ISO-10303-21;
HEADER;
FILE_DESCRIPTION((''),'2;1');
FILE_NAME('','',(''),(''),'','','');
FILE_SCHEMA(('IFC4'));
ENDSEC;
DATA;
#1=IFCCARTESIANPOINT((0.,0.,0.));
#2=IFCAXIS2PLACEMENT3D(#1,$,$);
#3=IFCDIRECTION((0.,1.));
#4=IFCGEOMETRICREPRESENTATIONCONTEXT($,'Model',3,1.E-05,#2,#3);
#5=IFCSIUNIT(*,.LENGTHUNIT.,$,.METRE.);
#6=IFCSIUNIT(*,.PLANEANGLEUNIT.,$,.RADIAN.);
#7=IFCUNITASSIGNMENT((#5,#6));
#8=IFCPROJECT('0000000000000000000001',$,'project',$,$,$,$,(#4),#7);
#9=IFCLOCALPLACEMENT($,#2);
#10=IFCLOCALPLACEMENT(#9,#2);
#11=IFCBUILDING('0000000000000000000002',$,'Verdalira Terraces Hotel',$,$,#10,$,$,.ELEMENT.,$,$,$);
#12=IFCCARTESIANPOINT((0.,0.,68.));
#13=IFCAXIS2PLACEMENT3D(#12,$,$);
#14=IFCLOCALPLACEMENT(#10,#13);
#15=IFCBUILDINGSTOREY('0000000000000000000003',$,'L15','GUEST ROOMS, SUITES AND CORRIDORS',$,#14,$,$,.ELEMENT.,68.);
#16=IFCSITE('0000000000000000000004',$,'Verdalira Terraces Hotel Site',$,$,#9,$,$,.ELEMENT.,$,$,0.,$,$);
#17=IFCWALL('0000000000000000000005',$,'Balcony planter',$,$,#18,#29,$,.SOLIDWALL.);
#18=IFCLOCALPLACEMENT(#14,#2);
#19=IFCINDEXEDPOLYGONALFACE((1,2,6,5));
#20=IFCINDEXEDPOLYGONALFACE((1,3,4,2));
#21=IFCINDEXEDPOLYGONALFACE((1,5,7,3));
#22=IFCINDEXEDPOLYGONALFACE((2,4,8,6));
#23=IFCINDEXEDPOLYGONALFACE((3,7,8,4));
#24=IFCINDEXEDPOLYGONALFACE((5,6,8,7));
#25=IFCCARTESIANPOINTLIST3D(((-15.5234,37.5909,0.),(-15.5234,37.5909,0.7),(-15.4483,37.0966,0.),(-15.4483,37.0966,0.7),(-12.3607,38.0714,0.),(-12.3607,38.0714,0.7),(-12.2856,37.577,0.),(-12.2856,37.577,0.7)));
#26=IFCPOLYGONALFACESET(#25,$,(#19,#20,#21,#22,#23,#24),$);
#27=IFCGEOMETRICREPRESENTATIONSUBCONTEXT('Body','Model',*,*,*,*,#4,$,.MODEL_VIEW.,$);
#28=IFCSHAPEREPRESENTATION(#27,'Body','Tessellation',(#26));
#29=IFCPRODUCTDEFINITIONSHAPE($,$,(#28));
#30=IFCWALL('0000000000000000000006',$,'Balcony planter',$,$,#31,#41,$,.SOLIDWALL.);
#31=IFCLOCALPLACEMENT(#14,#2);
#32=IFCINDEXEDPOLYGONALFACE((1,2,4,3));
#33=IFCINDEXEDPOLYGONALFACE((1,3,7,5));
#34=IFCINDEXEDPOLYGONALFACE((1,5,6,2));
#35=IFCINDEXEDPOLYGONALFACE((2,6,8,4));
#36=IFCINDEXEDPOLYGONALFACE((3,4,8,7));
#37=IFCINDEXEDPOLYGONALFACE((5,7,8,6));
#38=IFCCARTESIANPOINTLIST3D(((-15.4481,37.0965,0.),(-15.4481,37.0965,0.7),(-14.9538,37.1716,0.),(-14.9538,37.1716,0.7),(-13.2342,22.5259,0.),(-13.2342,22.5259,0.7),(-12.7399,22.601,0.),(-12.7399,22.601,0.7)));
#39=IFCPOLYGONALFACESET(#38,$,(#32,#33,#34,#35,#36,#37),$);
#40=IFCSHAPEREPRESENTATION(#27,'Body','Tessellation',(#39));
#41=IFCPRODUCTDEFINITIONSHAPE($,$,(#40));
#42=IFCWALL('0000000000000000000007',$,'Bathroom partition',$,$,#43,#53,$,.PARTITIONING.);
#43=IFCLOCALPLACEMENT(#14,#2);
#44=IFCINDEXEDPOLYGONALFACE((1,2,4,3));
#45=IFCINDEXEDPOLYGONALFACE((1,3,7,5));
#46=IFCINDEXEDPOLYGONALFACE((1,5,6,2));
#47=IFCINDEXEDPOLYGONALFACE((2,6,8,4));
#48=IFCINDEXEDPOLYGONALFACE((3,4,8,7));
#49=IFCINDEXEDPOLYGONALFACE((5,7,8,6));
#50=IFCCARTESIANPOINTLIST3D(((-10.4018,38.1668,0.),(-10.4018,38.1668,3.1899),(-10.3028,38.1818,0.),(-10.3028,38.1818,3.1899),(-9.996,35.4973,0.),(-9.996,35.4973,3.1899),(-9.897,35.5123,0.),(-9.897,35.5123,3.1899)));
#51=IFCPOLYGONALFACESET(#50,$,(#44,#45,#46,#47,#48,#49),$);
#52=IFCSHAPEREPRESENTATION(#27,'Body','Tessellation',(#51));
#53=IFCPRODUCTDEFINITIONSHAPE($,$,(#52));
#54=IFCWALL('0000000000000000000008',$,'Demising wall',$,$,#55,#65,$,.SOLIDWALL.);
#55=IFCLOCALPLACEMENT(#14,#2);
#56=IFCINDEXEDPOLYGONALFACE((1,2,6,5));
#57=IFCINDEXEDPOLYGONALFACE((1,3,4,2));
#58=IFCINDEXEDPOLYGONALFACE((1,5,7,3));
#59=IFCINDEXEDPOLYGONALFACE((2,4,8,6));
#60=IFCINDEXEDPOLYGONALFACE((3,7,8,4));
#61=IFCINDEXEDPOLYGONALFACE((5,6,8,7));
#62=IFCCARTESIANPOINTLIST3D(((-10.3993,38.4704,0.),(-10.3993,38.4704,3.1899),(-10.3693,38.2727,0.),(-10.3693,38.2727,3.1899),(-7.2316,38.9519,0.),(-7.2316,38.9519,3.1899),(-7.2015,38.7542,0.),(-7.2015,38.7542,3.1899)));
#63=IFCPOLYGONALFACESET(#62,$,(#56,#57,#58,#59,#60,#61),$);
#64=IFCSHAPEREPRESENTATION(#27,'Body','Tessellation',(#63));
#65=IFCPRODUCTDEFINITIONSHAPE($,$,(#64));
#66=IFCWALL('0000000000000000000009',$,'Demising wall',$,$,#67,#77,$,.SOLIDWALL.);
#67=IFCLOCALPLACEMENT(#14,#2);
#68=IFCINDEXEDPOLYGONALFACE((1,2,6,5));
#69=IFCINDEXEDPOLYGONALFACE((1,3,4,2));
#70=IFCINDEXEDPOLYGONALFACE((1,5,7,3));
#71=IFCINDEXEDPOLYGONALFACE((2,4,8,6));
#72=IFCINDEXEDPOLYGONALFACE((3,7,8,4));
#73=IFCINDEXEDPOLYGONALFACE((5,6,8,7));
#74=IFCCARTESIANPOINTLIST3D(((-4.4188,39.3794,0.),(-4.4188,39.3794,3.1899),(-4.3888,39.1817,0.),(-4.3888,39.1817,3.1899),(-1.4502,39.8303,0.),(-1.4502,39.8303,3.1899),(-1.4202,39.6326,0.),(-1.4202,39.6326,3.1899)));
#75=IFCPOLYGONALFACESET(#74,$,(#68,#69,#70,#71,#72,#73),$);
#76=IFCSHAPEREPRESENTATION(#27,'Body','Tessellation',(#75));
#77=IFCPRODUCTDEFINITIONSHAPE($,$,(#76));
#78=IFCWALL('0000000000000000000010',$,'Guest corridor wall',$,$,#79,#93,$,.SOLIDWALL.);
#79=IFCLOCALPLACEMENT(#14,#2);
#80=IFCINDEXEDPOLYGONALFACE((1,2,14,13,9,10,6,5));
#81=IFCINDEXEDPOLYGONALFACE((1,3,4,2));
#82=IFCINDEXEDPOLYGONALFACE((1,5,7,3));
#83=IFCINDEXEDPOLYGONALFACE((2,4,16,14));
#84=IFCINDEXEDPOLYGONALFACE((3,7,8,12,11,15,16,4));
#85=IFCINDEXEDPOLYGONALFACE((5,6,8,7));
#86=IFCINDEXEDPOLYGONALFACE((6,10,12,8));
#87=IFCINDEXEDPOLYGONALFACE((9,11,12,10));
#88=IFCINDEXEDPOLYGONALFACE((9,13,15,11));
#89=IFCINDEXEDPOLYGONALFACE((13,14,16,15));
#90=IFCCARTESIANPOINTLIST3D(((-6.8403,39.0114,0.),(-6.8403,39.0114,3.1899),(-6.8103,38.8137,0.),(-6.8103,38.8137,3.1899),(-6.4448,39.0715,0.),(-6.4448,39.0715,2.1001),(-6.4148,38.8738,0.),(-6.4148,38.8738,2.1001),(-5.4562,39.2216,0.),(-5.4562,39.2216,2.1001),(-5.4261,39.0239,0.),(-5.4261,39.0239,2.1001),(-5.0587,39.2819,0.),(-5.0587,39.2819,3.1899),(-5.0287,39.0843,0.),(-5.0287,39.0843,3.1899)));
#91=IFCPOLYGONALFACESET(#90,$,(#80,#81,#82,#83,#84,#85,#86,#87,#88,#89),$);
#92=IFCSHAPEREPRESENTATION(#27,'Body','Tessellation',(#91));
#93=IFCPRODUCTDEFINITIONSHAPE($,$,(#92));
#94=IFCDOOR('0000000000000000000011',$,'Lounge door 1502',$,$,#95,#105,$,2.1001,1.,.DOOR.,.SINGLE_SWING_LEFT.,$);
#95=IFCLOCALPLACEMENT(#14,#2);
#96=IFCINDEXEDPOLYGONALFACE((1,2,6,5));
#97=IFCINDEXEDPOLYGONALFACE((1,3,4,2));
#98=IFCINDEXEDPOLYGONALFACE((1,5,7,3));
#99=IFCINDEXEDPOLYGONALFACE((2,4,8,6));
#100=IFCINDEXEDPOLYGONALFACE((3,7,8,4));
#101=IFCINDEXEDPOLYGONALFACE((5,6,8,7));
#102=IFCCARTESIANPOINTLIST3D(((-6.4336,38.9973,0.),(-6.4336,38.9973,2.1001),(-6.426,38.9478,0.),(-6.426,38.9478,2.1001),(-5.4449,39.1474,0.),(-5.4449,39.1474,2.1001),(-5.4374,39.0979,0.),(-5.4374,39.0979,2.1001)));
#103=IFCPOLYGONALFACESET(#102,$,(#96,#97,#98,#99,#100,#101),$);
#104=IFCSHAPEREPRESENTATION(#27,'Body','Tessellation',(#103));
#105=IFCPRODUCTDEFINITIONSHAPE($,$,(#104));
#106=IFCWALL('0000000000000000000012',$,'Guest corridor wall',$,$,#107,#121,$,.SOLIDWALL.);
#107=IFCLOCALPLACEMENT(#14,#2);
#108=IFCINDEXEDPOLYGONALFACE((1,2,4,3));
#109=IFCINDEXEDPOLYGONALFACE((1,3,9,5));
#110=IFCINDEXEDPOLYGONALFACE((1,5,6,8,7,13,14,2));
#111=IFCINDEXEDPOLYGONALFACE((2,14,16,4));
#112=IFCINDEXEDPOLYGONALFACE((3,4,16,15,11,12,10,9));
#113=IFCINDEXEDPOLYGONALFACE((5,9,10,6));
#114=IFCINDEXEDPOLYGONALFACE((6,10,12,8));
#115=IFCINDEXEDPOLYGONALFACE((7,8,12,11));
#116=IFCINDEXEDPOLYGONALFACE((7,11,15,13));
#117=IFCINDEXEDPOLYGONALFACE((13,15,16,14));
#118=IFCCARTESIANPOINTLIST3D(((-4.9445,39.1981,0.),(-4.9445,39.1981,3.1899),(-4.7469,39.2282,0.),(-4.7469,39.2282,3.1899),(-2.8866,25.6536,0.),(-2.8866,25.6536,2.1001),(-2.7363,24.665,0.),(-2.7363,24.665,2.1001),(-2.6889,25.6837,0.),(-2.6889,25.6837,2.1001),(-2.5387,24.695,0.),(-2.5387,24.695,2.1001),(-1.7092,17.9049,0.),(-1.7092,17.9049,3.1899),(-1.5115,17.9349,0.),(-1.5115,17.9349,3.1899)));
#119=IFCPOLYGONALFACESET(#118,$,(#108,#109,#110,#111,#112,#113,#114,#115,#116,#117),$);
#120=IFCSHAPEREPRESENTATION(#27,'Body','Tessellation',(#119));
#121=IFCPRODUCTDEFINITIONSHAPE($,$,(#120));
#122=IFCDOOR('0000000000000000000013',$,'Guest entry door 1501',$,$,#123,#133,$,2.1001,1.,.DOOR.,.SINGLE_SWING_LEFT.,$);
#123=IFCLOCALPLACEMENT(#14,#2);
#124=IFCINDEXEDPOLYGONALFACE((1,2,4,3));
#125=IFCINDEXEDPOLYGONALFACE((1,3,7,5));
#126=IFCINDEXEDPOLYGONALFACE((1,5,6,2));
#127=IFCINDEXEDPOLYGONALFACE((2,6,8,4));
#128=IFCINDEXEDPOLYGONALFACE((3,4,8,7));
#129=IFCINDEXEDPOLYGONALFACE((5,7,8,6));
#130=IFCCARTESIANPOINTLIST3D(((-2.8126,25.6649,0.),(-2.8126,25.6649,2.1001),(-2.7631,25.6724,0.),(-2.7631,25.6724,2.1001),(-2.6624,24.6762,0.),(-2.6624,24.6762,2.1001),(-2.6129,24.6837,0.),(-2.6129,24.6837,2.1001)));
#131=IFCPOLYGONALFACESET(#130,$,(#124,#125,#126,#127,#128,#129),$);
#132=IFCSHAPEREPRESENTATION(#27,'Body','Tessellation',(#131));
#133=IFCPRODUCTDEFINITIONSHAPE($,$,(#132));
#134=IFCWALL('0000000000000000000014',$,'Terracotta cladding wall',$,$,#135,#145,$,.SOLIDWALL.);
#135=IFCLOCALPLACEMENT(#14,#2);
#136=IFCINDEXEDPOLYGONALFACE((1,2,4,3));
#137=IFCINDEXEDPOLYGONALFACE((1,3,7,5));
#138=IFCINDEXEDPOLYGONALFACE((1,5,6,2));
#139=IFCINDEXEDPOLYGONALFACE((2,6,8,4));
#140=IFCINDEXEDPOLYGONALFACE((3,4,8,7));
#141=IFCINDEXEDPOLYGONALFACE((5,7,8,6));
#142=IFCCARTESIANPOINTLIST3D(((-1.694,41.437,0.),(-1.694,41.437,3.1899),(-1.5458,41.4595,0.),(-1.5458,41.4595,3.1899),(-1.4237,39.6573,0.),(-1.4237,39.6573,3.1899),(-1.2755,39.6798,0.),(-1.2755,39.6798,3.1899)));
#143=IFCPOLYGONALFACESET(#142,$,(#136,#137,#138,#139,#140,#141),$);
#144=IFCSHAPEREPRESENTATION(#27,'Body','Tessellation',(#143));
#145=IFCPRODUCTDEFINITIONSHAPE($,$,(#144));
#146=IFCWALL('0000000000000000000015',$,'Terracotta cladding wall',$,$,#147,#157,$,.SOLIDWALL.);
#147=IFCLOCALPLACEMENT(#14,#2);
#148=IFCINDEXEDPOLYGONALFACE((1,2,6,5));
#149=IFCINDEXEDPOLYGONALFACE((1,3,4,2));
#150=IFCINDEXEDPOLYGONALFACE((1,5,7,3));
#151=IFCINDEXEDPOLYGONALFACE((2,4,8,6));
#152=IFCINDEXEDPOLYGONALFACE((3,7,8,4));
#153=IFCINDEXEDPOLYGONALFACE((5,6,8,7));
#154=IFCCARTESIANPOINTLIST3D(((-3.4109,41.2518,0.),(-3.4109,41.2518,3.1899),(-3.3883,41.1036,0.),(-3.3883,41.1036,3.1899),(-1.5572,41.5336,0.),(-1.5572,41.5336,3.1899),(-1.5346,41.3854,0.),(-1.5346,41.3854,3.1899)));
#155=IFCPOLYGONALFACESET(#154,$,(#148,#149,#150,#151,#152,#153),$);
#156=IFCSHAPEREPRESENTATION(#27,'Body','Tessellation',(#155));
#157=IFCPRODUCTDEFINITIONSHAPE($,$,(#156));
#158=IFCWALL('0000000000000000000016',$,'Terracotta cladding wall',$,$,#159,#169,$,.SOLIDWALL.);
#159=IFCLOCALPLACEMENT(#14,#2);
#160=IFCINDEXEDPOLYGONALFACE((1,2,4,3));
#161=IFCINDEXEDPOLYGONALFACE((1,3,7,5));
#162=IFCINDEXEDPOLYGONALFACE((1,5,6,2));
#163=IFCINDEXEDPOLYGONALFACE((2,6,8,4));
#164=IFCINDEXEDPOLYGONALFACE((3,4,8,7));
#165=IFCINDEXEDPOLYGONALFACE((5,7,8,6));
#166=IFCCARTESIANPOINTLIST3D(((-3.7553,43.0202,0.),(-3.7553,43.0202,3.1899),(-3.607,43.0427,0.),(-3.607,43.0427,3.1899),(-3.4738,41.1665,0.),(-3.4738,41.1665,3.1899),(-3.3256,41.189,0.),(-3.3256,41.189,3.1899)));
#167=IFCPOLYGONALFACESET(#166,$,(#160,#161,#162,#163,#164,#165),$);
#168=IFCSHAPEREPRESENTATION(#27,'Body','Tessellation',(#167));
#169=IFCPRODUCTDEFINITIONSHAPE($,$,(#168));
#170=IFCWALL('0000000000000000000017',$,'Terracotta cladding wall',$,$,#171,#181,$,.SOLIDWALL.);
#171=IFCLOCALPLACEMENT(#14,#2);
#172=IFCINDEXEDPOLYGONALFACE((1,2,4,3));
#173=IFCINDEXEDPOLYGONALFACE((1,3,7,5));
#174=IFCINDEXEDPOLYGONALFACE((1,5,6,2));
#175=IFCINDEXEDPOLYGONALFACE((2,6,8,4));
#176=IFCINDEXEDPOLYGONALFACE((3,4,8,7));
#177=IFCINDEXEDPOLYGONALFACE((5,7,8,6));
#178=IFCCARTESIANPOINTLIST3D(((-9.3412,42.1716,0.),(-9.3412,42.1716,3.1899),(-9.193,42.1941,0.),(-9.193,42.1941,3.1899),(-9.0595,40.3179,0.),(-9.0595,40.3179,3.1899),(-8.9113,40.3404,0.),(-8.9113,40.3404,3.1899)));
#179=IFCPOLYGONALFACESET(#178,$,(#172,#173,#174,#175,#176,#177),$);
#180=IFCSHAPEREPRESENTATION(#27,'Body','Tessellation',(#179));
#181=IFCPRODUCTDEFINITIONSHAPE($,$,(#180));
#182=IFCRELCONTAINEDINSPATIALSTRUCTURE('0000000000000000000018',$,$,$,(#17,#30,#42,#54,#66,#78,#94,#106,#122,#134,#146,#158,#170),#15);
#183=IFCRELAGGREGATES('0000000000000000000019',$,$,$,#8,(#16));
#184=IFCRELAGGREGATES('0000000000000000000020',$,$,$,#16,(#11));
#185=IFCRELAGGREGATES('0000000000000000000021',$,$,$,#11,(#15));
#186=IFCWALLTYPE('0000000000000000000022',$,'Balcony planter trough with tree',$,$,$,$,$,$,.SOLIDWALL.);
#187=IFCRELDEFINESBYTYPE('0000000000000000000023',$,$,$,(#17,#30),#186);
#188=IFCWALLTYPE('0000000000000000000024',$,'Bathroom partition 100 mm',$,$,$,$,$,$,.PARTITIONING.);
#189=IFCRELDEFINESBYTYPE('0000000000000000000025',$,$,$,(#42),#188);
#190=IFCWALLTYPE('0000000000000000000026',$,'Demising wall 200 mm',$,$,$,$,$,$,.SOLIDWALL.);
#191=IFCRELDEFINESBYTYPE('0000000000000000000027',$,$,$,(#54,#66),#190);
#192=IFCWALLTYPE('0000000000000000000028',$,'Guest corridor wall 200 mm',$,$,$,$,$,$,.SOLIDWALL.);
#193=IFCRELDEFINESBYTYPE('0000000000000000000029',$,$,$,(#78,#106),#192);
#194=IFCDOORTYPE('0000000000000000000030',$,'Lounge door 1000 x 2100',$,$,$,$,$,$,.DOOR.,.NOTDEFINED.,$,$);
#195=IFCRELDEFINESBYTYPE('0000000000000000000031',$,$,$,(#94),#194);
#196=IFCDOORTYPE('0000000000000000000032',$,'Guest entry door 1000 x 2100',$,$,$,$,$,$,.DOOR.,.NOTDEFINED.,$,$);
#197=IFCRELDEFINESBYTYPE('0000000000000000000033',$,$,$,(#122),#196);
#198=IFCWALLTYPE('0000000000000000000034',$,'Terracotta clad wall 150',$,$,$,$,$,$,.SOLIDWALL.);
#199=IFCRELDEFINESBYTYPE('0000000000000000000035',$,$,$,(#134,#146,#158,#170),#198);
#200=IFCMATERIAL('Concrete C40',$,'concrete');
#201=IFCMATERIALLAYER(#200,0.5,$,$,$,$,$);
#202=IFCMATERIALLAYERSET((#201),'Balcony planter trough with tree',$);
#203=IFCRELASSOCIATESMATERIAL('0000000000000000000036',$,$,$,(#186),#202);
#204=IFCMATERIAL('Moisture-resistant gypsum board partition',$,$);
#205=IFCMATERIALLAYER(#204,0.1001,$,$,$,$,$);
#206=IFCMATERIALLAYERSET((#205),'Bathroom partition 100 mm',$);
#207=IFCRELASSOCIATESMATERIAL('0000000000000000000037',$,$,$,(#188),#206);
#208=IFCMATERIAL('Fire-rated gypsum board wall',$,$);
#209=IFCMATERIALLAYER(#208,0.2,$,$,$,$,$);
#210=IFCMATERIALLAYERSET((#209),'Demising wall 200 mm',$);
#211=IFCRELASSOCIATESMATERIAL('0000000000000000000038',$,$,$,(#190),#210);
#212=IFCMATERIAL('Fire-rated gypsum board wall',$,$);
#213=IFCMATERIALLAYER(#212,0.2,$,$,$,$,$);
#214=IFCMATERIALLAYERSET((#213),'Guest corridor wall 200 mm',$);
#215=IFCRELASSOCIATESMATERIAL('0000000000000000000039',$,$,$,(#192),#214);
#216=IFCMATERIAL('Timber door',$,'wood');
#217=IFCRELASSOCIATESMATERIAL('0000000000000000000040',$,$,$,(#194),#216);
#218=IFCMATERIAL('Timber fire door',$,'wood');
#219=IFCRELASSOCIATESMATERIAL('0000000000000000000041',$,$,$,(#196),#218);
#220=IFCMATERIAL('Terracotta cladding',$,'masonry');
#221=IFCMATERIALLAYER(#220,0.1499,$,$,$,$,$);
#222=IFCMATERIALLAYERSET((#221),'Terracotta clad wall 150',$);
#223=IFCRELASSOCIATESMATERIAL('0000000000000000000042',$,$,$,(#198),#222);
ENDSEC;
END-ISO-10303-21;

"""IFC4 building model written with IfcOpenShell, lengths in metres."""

from ifc_helpers import new_model, si_unit, direction, frame, frame_2d, origin, place, context, subcontext, project, spatial, rectangle, extrude, material, layer, layer_set, type_object, element, fill, save


model = new_model("IFC4")

# Units and contexts
model_context = context("Model", 3, precision=1e-05, world=origin(), true_north=direction((0.0, 1.0)))
body_context = subcontext(model_context, "Body", "Model", "MODEL_VIEW")
ifc_project = project(units=[si_unit("LENGTHUNIT", "METRE"), si_unit("PLANEANGLEUNIT", "RADIAN")], contexts=[model_context])

# Site, building, storey
site_placement = place(None, origin())
site = spatial("IfcSite", under=ifc_project, at=site_placement, Name="Verdalira Terraces Hotel Site", CompositionType="ELEMENT", RefElevation=0.0)
building_placement = place(site_placement, origin())
building = spatial("IfcBuilding", under=site, at=building_placement, Name="Verdalira Terraces Hotel", CompositionType="ELEMENT")
storey_placement = place(building_placement, frame((0.0, 0.0, 68.0)))
storey = spatial("IfcBuildingStorey", under=building, at=storey_placement, Name="L15", Description="GUEST ROOMS, SUITES AND CORRIDORS", CompositionType="ELEMENT", Elevation=68.0)

# Walls
ifc_material_1 = material(Name="Concrete C40", Category="concrete")
ifc_layer_1 = layer(ifc_material_1, 0.5)
ifc_layer_set_1 = layer_set([ifc_layer_1], Name="Balcony planter trough with tree")
wall_type_1 = type_object("IfcWallType", Name="Balcony planter trough with tree", PredefinedType="SOLIDWALL", material=ifc_layer_set_1)
wall_1_placement = place(storey_placement, frame((-12.323, 37.8242, 0.0), z_axis=(0.0, 0.0, 1.0), x_axis=(-0.988656, -0.150199, 0.0)))
element("IfcWall", 1, at=wall_1_placement, inside=storey, type_object=wall_type_1, Name="Balcony planter", PredefinedType="SOLIDWALL", context=body_context, shape_type="SweptSolid", body=[
    extrude(rectangle(XDim=3.199, YDim=0.5, at=frame_2d((1.5996, 0.0))), origin(), (0.0, 0.0, 1.0), 0.7),
])
wall_2_placement = place(storey_placement, frame((-15.2009, 37.134, 0.0), z_axis=(0.0, 0.0, 1.0), x_axis=(0.150217, -0.988653, 0.0)))
element("IfcWall", 2, at=wall_2_placement, inside=storey, type_object=wall_type_1, Name="Balcony planter", PredefinedType="SOLIDWALL", context=body_context, shape_type="SweptSolid", body=[
    extrude(rectangle(XDim=14.7378, YDim=0.5, at=frame_2d((7.3689, 0.0))), origin(), (0.0, 0.0, 1.0), 0.7),
])
ifc_material_2 = material(Name="Moisture-resistant gypsum board partition")
ifc_layer_2 = layer(ifc_material_2, 0.1001)
ifc_layer_set_2 = layer_set([ifc_layer_2], Name="Bathroom partition 100 mm")
wall_type_2 = type_object("IfcWallType", Name="Bathroom partition 100 mm", PredefinedType="PARTITIONING", material=ifc_layer_set_2)
wall_3_placement = place(storey_placement, frame((-10.3523, 38.1743, 0.0), z_axis=(0.0, 0.0, 1.0), x_axis=(0.150277, -0.988644, 0.0)))
element("IfcWall", 3, at=wall_3_placement, inside=storey, type_object=wall_type_2, Name="Bathroom partition", PredefinedType="PARTITIONING", context=body_context, shape_type="SweptSolid", body=[
    extrude(rectangle(XDim=2.7002, YDim=0.1001, at=frame_2d((1.3501, 0.0))), origin(), (0.0, 0.0, 1.0), 3.1899),
])
ifc_material_3 = material(Name="Fire-rated gypsum board wall")
ifc_layer_3 = layer(ifc_material_3, 0.2)
ifc_layer_set_3 = layer_set([ifc_layer_3], Name="Demising wall 200 mm")
wall_type_3 = type_object("IfcWallType", Name="Demising wall 200 mm", PredefinedType="SOLIDWALL", material=ifc_layer_set_3)
wall_4_placement = place(storey_placement, frame((-7.2166, 38.853, 0.0), z_axis=(0.0, 0.0, 1.0), x_axis=(-0.988647, -0.150259, 0.0)))
element("IfcWall", 4, at=wall_4_placement, inside=storey, type_object=wall_type_3, Name="Demising wall", PredefinedType="SOLIDWALL", context=body_context, shape_type="SweptSolid", body=[
    extrude(rectangle(XDim=3.2041, YDim=0.2, at=frame_2d((1.6021, 0.0))), origin(), (0.0, 0.0, 1.0), 3.1899),
])
wall_5_placement = place(storey_placement, frame((-1.4351, 39.7314, 0.0), z_axis=(0.0, 0.0, 1.0), x_axis=(-0.98866, -0.150169, 0.0)))
element("IfcWall", 5, at=wall_5_placement, inside=storey, type_object=wall_type_3, Name="Demising wall", PredefinedType="SOLIDWALL", context=body_context, shape_type="SweptSolid", body=[
    extrude(rectangle(XDim=3.0027, YDim=0.2, at=frame_2d((1.5015, 0.0))), origin(), (0.0, 0.0, 1.0), 3.1899),
])

# Walls, openings, doors
ifc_material_4 = material(Name="Fire-rated gypsum board wall")
ifc_layer_4 = layer(ifc_material_4, 0.2)
ifc_layer_set_4 = layer_set([ifc_layer_4], Name="Guest corridor wall 200 mm")
wall_type_4 = type_object("IfcWallType", Name="Guest corridor wall 200 mm", PredefinedType="SOLIDWALL", material=ifc_layer_set_4)
wall_6_placement = place(storey_placement, frame((-6.8252, 38.9126, 0.0), z_axis=(0.0, 0.0, 1.0), x_axis=(0.988667, 0.150122, 0.0)))
wall_6 = element("IfcWall", 6, at=wall_6_placement, inside=storey, type_object=wall_type_4, Name="Guest corridor wall", PredefinedType="SOLIDWALL", context=body_context, shape_type="SweptSolid", body=[
    extrude(rectangle(XDim=1.802, YDim=0.2, at=frame_2d((0.9009, 0.0))), origin(), (0.0, 0.0, 1.0), 3.1899),
])
opening_1_placement = place(wall_6_placement, frame((0.3999, 0.0, 0.0)))
opening_1 = element("IfcOpeningElement", 7, at=opening_1_placement, cuts=wall_6, PredefinedType="OPENING", context=body_context, shape_type="SweptSolid", body=[
    extrude(rectangle(XDim=1.0, YDim=2.1001, at=frame_2d((0.5, 1.05))), frame((0.0, 0.1099, 0.0), z_axis=(0.0, -1.0, 0.0), x_axis=(1.0, 0.0, 0.0)), (0.0, 0.0, 1.0), 0.22),
])
ifc_material_5 = material(Name="Timber door", Category="wood")
door_type_1 = type_object("IfcDoorType", Name="Lounge door 1000 x 2100", OperationType="NOTDEFINED", PredefinedType="DOOR", material=ifc_material_5)
door_1_placement = place(opening_1_placement, origin())
door_1 = element("IfcDoor", 8, at=door_1_placement, inside=storey, type_object=door_type_1, Name="Lounge door 1502", OperationType="SINGLE_SWING_LEFT", OverallHeight=2.1001, OverallWidth=1.0, PredefinedType="DOOR", context=body_context, shape_type="SweptSolid", body=[
    extrude(rectangle(XDim=1.0, YDim=2.1001, at=frame_2d((0.5, 1.05))), frame((0.0, 0.0249, 0.0), z_axis=(0.0, -1.0, 0.0), x_axis=(1.0, 0.0, 0.0)), (0.0, 0.0, 1.0), 0.05),
])
fill(opening_1, door_1)
wall_7_placement = place(storey_placement, frame((-4.8457, 39.2131, 0.0), z_axis=(0.0, 0.0, 1.0), x_axis=(0.150219, -0.988653, 0.0)))
wall_7 = element("IfcWall", 9, at=wall_7_placement, inside=storey, type_object=wall_type_4, Name="Guest corridor wall", PredefinedType="SOLIDWALL", context=body_context, shape_type="SweptSolid", body=[
    extrude(rectangle(XDim=21.5376, YDim=0.2, at=frame_2d((10.7688, 0.0))), origin(), (0.0, 0.0, 1.0), 3.1899),
])
opening_2_placement = place(wall_7_placement, frame((13.7, 0.0, 0.0)))
opening_2 = element("IfcOpeningElement", 10, at=opening_2_placement, cuts=wall_7, PredefinedType="OPENING", context=body_context, shape_type="SweptSolid", body=[
    extrude(rectangle(XDim=1.0, YDim=2.1001, at=frame_2d((0.5, 1.05))), frame((0.0, 0.1099, 0.0), z_axis=(0.0, -1.0, 0.0), x_axis=(1.0, 0.0, 0.0)), (0.0, 0.0, 1.0), 0.22),
])
ifc_material_6 = material(Name="Timber fire door", Category="wood")
door_type_2 = type_object("IfcDoorType", Name="Guest entry door 1000 x 2100", OperationType="NOTDEFINED", PredefinedType="DOOR", material=ifc_material_6)
door_2_placement = place(opening_2_placement, origin())
door_2 = element("IfcDoor", 11, at=door_2_placement, inside=storey, type_object=door_type_2, Name="Guest entry door 1501", OperationType="SINGLE_SWING_LEFT", OverallHeight=2.1001, OverallWidth=1.0, PredefinedType="DOOR", context=body_context, shape_type="SweptSolid", body=[
    extrude(rectangle(XDim=1.0, YDim=2.1001, at=frame_2d((0.5, 1.05))), frame((0.0, 0.0249, 0.0), z_axis=(0.0, -1.0, 0.0), x_axis=(1.0, 0.0, 0.0)), (0.0, 0.0, 1.0), 0.05),
])
fill(opening_2, door_2)

# Walls
ifc_material_7 = material(Name="Terracotta cladding", Category="masonry")
ifc_layer_5 = layer(ifc_material_7, 0.1499)
ifc_layer_set_5 = layer_set([ifc_layer_5], Name="Terracotta clad wall 150")
wall_type_5 = type_object("IfcWallType", Name="Terracotta clad wall 150", PredefinedType="SOLIDWALL", material=ifc_layer_set_5)
wall_8_placement = place(storey_placement, frame((-1.3496, 39.6687, 0.0), z_axis=(0.0, 0.0, 1.0), x_axis=(-0.150151, 0.988663, 0.0)))
element("IfcWall", 12, at=wall_8_placement, inside=storey, type_object=wall_type_5, Name="Terracotta cladding wall", PredefinedType="SOLIDWALL", context=body_context, shape_type="SweptSolid", body=[
    extrude(rectangle(XDim=1.8, YDim=0.1499, at=frame_2d((0.8999, 0.0))), origin(), (0.0, 0.0, 1.0), 3.1899),
])
for number, where, z_axis, x_axis, name in (
    (13, (-1.5459, 41.4595, 0.0), (0.0, 0.0, 1.0), (-0.988647, -0.150257, 0.0), "Terracotta cladding wall"),
    (14, (-3.3997, 41.1777, 0.0), (0.0, 0.0, 1.0), (-0.150129, 0.988666, 0.0), "Terracotta cladding wall"),
    (15, (-9.2671, 42.1829, 0.0), (0.0, 0.0, 1.0), (0.150257, -0.988647, 0.0), "Terracotta cladding wall"),
):
    element("IfcWall", number, at=place(storey_placement, frame(where, z_axis=z_axis, x_axis=x_axis)), inside=storey, type_object=wall_type_5, Name=name, PredefinedType="SOLIDWALL", context=body_context, shape_type="SweptSolid", body=[
        extrude(rectangle(XDim=1.875, YDim=0.1499, at=frame_2d((0.9375, 0.0))), origin(), (0.0, 0.0, 1.0), 3.1899),
    ])

save(model, "model.ifc")
